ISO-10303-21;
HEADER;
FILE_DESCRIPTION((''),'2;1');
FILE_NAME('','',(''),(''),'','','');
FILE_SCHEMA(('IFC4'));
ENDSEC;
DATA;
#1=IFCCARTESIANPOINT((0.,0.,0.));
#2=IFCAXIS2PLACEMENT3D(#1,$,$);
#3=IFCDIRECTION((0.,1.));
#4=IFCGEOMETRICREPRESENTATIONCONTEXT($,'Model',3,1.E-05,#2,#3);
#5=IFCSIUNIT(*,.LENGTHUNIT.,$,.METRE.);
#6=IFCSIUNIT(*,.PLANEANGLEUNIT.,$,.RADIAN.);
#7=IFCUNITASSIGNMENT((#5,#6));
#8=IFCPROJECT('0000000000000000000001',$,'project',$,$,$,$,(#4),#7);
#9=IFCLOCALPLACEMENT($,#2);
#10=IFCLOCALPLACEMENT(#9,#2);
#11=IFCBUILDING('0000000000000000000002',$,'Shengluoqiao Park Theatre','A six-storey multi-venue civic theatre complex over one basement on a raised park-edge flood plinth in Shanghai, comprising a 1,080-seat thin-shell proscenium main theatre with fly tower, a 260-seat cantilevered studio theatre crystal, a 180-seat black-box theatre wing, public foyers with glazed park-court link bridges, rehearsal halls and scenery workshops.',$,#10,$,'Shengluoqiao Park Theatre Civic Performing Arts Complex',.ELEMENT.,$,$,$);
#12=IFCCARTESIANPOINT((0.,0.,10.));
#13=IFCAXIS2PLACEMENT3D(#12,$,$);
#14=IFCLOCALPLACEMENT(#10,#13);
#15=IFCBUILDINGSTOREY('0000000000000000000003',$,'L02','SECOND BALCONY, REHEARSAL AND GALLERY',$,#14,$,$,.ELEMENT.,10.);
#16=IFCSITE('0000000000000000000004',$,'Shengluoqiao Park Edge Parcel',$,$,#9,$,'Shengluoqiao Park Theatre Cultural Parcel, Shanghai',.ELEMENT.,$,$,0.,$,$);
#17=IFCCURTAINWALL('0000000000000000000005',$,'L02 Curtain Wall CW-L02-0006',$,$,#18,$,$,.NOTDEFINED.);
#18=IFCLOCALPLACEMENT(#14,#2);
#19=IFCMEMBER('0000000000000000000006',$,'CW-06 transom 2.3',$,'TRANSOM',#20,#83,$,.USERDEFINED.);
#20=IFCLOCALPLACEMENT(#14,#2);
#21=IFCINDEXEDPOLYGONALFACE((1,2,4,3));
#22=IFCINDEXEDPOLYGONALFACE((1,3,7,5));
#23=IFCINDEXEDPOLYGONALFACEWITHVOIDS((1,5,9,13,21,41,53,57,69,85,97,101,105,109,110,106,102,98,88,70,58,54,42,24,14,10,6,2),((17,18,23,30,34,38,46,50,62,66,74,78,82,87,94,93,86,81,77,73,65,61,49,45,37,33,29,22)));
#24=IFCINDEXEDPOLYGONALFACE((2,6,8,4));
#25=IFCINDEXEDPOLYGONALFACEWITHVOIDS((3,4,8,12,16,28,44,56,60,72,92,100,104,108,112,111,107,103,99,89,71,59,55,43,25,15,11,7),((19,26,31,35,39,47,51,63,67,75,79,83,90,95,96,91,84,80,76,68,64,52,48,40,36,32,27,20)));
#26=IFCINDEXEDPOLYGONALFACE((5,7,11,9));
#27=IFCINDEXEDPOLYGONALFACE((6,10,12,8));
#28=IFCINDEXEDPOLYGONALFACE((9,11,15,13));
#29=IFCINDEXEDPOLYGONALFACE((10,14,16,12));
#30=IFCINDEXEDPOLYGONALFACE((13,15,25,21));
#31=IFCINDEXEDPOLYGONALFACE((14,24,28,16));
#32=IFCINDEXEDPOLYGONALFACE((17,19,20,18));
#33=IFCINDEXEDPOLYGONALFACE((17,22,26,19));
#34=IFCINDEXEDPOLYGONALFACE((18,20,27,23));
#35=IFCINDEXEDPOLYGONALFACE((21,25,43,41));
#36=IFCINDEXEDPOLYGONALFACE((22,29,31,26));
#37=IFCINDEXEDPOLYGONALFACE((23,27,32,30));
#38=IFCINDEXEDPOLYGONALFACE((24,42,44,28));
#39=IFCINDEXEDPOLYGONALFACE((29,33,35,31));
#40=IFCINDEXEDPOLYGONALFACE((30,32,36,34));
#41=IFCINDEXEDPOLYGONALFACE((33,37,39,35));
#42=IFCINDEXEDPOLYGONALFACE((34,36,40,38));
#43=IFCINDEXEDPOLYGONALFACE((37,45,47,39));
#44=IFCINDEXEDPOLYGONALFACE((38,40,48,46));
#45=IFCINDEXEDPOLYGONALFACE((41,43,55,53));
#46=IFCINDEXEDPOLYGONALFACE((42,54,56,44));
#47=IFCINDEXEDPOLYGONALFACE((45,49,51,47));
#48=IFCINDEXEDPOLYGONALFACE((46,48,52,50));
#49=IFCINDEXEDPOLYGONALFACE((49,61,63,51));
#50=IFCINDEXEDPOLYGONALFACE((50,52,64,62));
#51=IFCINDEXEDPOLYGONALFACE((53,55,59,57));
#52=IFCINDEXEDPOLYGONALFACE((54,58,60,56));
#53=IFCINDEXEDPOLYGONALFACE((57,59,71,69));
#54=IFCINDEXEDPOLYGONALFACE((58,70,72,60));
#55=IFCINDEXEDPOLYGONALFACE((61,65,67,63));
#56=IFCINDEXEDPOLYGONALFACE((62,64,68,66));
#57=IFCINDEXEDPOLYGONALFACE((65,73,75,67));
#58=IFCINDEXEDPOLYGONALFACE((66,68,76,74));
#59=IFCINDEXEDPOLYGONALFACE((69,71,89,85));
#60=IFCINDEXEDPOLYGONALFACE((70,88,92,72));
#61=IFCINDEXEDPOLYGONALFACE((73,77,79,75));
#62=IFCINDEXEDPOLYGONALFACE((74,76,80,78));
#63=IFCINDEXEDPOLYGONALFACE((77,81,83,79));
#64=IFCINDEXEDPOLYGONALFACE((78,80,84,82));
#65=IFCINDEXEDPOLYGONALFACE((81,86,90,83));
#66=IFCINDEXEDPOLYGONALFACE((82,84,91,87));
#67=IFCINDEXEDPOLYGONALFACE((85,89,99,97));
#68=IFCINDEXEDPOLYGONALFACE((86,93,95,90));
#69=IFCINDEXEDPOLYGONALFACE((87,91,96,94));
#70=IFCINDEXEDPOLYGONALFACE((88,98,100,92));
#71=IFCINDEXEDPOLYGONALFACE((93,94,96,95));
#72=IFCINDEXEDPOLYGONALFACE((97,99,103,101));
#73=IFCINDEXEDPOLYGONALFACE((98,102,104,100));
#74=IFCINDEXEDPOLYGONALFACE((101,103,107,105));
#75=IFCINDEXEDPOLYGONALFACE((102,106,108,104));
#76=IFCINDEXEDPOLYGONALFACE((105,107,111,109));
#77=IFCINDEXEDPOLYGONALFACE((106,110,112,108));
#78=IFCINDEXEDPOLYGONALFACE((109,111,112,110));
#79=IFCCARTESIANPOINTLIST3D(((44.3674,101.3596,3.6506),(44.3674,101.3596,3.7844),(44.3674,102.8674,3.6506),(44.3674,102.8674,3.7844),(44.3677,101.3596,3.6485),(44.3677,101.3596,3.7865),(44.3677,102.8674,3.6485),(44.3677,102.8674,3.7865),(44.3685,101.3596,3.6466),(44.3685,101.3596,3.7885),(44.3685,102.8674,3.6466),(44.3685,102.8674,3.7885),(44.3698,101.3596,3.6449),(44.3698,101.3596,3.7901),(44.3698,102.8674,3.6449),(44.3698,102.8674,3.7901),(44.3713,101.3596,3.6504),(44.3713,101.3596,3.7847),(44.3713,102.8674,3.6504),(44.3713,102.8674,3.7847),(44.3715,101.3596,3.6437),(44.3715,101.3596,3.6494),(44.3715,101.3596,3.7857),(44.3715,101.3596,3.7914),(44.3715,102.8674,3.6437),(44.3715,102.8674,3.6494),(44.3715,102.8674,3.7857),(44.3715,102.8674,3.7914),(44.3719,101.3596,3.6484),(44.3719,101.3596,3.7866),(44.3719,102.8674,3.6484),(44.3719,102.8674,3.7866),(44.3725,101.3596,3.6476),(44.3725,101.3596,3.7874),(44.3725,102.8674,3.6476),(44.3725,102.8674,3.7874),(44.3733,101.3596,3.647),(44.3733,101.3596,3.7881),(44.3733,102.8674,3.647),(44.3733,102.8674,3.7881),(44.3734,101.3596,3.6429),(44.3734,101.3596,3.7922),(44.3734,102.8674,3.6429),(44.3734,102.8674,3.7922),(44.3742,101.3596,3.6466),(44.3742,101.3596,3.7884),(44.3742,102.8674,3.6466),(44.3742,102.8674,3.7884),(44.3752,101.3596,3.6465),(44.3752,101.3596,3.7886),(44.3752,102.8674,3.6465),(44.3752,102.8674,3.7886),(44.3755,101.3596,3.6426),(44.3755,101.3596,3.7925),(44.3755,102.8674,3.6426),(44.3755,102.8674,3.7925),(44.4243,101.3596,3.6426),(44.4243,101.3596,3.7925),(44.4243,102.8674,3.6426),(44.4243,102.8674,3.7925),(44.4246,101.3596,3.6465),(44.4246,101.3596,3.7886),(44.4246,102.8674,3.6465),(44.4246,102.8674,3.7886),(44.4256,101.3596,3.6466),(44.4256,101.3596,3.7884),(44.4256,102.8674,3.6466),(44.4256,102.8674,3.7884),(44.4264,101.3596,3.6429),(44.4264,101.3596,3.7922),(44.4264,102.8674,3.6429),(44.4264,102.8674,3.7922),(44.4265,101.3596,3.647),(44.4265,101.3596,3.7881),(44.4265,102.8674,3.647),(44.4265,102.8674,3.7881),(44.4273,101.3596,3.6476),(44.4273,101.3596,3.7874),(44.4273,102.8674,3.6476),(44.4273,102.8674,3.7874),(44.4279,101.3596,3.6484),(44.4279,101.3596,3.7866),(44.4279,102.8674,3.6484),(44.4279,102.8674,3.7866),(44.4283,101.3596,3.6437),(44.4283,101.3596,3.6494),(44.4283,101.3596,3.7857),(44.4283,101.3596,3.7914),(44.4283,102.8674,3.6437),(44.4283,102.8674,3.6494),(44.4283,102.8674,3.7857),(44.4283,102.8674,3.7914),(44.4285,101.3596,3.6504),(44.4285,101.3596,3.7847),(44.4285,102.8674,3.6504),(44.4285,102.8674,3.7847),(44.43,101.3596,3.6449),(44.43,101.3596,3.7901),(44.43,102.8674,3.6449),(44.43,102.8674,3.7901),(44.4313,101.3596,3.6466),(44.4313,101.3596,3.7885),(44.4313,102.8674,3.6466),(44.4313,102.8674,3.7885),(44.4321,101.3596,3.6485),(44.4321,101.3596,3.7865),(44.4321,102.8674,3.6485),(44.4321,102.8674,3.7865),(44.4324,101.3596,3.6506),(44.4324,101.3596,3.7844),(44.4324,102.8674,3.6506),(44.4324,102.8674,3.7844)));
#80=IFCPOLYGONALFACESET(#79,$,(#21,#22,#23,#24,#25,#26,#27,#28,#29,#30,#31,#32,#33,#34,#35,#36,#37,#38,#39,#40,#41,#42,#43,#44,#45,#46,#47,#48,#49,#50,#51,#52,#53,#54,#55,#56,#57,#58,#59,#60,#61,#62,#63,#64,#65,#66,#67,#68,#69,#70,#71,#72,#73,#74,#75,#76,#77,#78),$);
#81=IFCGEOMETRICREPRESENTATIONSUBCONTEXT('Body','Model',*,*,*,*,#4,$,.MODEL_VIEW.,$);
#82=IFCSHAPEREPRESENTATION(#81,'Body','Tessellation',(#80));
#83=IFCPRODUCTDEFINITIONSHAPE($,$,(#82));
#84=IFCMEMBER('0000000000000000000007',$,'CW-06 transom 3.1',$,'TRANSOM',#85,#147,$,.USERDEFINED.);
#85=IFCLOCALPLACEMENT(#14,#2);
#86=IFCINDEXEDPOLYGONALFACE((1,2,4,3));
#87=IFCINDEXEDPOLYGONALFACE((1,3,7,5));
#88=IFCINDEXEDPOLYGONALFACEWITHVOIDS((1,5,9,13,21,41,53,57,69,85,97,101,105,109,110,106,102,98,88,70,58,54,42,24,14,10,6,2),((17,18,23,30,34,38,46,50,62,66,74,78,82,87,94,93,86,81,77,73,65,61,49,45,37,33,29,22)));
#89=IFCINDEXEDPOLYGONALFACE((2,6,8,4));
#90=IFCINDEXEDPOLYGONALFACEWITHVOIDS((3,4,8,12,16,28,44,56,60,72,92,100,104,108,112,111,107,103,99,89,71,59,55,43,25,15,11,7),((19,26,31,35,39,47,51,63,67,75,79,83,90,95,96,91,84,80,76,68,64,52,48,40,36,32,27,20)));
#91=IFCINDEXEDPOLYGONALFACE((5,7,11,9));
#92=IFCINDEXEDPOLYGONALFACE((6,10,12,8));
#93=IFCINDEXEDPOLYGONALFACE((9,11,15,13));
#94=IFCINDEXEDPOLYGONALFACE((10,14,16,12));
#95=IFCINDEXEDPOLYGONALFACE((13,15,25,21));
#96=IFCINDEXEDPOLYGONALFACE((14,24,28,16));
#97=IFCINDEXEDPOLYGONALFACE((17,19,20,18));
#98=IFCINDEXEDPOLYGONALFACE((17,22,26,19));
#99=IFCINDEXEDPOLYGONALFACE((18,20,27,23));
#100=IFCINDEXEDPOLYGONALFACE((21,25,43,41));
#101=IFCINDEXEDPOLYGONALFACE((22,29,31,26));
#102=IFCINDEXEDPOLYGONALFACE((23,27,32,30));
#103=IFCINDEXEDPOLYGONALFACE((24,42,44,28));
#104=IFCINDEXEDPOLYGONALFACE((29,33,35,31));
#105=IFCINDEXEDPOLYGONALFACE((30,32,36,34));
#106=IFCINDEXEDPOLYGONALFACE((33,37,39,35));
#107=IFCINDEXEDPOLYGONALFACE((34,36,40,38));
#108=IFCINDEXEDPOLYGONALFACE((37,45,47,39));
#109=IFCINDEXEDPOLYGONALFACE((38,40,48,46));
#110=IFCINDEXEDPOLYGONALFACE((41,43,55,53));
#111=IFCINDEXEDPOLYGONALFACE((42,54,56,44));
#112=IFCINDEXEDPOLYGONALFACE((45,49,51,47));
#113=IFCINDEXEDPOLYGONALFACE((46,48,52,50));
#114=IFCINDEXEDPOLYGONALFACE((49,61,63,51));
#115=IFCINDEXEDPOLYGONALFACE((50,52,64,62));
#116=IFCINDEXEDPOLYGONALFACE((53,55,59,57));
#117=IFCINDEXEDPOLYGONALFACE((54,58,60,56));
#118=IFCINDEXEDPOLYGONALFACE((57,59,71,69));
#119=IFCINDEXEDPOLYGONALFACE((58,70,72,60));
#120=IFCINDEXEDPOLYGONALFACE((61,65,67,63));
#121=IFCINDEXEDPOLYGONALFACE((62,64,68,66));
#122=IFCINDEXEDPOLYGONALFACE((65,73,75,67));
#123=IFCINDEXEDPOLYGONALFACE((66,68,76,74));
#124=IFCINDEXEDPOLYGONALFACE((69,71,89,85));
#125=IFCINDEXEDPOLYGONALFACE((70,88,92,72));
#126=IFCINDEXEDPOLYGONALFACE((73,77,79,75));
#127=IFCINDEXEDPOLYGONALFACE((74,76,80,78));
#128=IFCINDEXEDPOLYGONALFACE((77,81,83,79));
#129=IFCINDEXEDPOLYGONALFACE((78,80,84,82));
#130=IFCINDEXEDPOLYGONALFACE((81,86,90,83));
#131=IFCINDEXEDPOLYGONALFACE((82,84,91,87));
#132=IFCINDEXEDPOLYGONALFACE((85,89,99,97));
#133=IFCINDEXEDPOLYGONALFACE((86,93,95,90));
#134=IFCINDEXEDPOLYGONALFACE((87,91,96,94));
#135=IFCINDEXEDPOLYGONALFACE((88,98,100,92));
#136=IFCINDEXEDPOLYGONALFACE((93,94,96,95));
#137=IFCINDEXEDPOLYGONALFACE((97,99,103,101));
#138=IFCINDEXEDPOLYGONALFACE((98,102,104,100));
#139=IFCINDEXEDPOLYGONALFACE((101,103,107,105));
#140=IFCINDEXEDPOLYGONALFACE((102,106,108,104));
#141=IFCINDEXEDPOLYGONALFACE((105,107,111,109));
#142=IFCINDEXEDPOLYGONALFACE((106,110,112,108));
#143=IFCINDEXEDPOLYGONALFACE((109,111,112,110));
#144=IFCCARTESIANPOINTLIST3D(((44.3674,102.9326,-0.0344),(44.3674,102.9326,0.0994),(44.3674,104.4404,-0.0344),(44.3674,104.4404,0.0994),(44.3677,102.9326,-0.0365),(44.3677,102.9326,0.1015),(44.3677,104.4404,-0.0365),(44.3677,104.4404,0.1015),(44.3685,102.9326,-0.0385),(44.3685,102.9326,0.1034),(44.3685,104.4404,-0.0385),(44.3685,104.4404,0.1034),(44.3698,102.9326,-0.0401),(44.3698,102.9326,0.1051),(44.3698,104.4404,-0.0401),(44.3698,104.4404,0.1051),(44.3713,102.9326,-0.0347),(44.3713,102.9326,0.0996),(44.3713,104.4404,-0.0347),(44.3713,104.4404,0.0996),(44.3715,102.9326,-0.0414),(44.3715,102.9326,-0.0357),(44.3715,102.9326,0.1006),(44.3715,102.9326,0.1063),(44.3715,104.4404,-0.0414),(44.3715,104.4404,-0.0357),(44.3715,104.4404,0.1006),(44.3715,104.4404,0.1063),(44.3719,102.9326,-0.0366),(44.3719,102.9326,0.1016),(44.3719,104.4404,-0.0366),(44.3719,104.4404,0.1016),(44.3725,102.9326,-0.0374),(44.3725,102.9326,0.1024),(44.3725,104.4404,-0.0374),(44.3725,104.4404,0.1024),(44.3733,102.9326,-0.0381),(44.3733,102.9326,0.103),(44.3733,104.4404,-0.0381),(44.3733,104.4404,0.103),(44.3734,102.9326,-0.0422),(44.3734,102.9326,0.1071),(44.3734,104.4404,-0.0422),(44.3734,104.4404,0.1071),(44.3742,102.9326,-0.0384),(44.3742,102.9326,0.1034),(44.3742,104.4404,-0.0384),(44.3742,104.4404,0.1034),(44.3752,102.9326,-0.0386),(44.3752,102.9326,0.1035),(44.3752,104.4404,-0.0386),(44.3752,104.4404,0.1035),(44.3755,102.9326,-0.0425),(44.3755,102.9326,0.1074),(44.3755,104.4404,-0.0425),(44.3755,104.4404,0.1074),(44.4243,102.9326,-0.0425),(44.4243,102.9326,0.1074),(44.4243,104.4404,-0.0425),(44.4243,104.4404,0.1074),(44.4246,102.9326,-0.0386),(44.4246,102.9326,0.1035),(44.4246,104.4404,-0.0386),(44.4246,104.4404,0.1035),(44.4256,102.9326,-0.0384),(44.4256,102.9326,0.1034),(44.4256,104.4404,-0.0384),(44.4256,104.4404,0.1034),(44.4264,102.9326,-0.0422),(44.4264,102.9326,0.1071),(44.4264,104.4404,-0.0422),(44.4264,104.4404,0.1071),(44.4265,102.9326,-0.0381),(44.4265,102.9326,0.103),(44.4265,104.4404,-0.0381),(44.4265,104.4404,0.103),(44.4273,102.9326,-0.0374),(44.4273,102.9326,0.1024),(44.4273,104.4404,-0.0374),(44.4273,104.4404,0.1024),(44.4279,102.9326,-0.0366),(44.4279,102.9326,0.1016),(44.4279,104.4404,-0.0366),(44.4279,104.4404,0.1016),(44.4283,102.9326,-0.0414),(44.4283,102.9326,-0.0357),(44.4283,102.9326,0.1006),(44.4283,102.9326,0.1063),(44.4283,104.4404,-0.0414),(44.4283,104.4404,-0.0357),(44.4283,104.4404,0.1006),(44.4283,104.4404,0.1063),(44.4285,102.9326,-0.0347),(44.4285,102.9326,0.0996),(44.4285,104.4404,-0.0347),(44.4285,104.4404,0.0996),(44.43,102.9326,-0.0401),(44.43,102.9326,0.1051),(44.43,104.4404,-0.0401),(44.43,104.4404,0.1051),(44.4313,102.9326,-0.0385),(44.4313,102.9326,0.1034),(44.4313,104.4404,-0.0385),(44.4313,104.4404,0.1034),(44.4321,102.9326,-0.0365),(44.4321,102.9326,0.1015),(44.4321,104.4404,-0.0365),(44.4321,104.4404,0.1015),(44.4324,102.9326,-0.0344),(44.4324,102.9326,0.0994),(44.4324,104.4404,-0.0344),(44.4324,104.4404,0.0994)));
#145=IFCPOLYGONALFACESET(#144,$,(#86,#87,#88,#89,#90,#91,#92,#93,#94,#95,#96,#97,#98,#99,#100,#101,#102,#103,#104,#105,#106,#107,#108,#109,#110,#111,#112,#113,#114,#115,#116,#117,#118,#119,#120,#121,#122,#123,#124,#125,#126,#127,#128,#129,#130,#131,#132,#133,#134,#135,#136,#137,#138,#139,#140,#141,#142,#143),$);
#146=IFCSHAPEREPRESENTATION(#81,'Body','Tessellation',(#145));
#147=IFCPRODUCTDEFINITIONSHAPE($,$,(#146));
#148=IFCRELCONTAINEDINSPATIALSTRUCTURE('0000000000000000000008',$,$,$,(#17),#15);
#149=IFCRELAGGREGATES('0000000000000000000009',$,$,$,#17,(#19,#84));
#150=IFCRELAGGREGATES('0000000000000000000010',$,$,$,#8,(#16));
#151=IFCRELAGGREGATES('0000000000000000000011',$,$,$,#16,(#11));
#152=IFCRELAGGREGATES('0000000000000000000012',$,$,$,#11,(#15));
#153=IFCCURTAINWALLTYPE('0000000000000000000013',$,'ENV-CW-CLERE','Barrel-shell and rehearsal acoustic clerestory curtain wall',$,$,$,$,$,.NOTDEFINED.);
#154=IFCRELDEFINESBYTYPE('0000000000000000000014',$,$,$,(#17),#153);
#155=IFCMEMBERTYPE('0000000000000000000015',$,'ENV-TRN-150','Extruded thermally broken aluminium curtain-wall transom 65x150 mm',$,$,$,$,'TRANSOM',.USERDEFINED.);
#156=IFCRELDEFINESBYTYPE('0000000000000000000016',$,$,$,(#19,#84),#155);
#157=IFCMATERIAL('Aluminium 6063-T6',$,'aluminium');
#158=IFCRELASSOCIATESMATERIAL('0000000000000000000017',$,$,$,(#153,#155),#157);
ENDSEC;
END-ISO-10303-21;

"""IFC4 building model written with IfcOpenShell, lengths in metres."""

from ifc_helpers import new_model, si_unit, direction, frame, origin, origin_2d, place, context, subcontext, project, spatial, hollow_rectangle, extrude, material, material_profile, profile_set, type_object, element, aggregate, save


model = new_model("IFC4")

# Units and contexts
model_context = context("Model", 3, precision=1e-05, world=origin(), true_north=direction((0.0, 1.0)))
body_context = subcontext(model_context, "Body", "Model", "MODEL_VIEW")
ifc_project = project(units=[si_unit("LENGTHUNIT", "METRE"), si_unit("PLANEANGLEUNIT", "RADIAN")], contexts=[model_context])

# Site, building, storey
site_placement = place(None, origin())
site = spatial("IfcSite", under=ifc_project, at=site_placement, Name="Shengluoqiao Park Edge Parcel", LongName="Shengluoqiao Park Theatre Cultural Parcel, Shanghai", CompositionType="ELEMENT", RefElevation=0.0)
building_placement = place(site_placement, origin())
building = spatial("IfcBuilding", under=site, at=building_placement, Name="Shengluoqiao Park Theatre", Description="A six-storey multi-venue civic theatre complex over one basement on a raised park-edge flood plinth in Shanghai, comprising a 1,080-seat thin-shell proscenium main theatre with fly tower, a 260-seat cantilevered studio theatre crystal, a 180-seat black-box theatre wing, public foyers with glazed park-court link bridges, rehearsal halls and scenery workshops.", LongName="Shengluoqiao Park Theatre Civic Performing Arts Complex", CompositionType="ELEMENT")
storey_placement = place(building_placement, frame((0.0, 0.0, 10.0)))
storey = spatial("IfcBuildingStorey", under=building, at=storey_placement, Name="L02", Description="SECOND BALCONY, REHEARSAL AND GALLERY", CompositionType="ELEMENT", Elevation=10.0)

# Curtain wall, members
ifc_material_1 = material(Name="Aluminium 6063-T6", Category="aluminium")
curtain_wall_type = type_object("IfcCurtainWallType", Name="ENV-CW-CLERE", Description="Barrel-shell and rehearsal acoustic clerestory curtain wall", PredefinedType="NOTDEFINED", material=ifc_material_1)
curtain_wall_placement = place(storey_placement, origin())
curtain_wall = element("IfcCurtainWall", 1, at=curtain_wall_placement, inside=storey, type_object=curtain_wall_type, Name="L02 Curtain Wall CW-L02-0006", PredefinedType="NOTDEFINED")
ifc_material_profile_1 = material_profile(ifc_material_1, hollow_rectangle(XDim=0.0649, YDim=0.1499, WallThickness=0.0039, InnerFilletRadius=0.0039, OuterFilletRadius=0.0081, at=origin_2d()), Name="ALU TRANSOM 150x65x4")
ifc_profile_set_1 = profile_set([ifc_material_profile_1], Name="Aluminium 6063-T6")
member_type_1 = type_object("IfcMemberType", Name="ENV-TRN-150", Description="Extruded thermally broken aluminium curtain-wall transom 65x150 mm", ElementType="TRANSOM", PredefinedType="USERDEFINED", material=ifc_profile_set_1)
member_1_placement = place(storey_placement, frame((44.3999, 101.3596, 3.7175), z_axis=(0.0, 1.0, 0.0), x_axis=(-1.0, 0.0, 0.0)))
member_1 = element("IfcMember", 2, at=member_1_placement, type_object=member_type_1, Name="CW-06 transom 2.3", ObjectType="TRANSOM", PredefinedType="USERDEFINED", context=body_context, shape_type="SweptSolid", body=[
    extrude(hollow_rectangle(XDim=0.0649, YDim=0.1499, WallThickness=0.0039, InnerFilletRadius=0.0039, OuterFilletRadius=0.0081, at=origin_2d()), origin(), (0.0, 0.0, 1.0), 1.5078),
])
member_2_placement = place(storey_placement, frame((44.3999, 102.9326, 0.0325), z_axis=(0.0, 1.0, 0.0), x_axis=(-1.0, 0.0, 0.0)))
member_2 = element("IfcMember", 3, at=member_2_placement, type_object=member_type_1, Name="CW-06 transom 3.1", ObjectType="TRANSOM", PredefinedType="USERDEFINED", context=body_context, shape_type="SweptSolid", body=[
    extrude(hollow_rectangle(XDim=0.0649, YDim=0.1499, WallThickness=0.0039, InnerFilletRadius=0.0039, OuterFilletRadius=0.0081, at=origin_2d()), origin(), (0.0, 0.0, 1.0), 1.5078),
])
aggregate(curtain_wall, [member_1, member_2])

save(model, "model.ifc")
